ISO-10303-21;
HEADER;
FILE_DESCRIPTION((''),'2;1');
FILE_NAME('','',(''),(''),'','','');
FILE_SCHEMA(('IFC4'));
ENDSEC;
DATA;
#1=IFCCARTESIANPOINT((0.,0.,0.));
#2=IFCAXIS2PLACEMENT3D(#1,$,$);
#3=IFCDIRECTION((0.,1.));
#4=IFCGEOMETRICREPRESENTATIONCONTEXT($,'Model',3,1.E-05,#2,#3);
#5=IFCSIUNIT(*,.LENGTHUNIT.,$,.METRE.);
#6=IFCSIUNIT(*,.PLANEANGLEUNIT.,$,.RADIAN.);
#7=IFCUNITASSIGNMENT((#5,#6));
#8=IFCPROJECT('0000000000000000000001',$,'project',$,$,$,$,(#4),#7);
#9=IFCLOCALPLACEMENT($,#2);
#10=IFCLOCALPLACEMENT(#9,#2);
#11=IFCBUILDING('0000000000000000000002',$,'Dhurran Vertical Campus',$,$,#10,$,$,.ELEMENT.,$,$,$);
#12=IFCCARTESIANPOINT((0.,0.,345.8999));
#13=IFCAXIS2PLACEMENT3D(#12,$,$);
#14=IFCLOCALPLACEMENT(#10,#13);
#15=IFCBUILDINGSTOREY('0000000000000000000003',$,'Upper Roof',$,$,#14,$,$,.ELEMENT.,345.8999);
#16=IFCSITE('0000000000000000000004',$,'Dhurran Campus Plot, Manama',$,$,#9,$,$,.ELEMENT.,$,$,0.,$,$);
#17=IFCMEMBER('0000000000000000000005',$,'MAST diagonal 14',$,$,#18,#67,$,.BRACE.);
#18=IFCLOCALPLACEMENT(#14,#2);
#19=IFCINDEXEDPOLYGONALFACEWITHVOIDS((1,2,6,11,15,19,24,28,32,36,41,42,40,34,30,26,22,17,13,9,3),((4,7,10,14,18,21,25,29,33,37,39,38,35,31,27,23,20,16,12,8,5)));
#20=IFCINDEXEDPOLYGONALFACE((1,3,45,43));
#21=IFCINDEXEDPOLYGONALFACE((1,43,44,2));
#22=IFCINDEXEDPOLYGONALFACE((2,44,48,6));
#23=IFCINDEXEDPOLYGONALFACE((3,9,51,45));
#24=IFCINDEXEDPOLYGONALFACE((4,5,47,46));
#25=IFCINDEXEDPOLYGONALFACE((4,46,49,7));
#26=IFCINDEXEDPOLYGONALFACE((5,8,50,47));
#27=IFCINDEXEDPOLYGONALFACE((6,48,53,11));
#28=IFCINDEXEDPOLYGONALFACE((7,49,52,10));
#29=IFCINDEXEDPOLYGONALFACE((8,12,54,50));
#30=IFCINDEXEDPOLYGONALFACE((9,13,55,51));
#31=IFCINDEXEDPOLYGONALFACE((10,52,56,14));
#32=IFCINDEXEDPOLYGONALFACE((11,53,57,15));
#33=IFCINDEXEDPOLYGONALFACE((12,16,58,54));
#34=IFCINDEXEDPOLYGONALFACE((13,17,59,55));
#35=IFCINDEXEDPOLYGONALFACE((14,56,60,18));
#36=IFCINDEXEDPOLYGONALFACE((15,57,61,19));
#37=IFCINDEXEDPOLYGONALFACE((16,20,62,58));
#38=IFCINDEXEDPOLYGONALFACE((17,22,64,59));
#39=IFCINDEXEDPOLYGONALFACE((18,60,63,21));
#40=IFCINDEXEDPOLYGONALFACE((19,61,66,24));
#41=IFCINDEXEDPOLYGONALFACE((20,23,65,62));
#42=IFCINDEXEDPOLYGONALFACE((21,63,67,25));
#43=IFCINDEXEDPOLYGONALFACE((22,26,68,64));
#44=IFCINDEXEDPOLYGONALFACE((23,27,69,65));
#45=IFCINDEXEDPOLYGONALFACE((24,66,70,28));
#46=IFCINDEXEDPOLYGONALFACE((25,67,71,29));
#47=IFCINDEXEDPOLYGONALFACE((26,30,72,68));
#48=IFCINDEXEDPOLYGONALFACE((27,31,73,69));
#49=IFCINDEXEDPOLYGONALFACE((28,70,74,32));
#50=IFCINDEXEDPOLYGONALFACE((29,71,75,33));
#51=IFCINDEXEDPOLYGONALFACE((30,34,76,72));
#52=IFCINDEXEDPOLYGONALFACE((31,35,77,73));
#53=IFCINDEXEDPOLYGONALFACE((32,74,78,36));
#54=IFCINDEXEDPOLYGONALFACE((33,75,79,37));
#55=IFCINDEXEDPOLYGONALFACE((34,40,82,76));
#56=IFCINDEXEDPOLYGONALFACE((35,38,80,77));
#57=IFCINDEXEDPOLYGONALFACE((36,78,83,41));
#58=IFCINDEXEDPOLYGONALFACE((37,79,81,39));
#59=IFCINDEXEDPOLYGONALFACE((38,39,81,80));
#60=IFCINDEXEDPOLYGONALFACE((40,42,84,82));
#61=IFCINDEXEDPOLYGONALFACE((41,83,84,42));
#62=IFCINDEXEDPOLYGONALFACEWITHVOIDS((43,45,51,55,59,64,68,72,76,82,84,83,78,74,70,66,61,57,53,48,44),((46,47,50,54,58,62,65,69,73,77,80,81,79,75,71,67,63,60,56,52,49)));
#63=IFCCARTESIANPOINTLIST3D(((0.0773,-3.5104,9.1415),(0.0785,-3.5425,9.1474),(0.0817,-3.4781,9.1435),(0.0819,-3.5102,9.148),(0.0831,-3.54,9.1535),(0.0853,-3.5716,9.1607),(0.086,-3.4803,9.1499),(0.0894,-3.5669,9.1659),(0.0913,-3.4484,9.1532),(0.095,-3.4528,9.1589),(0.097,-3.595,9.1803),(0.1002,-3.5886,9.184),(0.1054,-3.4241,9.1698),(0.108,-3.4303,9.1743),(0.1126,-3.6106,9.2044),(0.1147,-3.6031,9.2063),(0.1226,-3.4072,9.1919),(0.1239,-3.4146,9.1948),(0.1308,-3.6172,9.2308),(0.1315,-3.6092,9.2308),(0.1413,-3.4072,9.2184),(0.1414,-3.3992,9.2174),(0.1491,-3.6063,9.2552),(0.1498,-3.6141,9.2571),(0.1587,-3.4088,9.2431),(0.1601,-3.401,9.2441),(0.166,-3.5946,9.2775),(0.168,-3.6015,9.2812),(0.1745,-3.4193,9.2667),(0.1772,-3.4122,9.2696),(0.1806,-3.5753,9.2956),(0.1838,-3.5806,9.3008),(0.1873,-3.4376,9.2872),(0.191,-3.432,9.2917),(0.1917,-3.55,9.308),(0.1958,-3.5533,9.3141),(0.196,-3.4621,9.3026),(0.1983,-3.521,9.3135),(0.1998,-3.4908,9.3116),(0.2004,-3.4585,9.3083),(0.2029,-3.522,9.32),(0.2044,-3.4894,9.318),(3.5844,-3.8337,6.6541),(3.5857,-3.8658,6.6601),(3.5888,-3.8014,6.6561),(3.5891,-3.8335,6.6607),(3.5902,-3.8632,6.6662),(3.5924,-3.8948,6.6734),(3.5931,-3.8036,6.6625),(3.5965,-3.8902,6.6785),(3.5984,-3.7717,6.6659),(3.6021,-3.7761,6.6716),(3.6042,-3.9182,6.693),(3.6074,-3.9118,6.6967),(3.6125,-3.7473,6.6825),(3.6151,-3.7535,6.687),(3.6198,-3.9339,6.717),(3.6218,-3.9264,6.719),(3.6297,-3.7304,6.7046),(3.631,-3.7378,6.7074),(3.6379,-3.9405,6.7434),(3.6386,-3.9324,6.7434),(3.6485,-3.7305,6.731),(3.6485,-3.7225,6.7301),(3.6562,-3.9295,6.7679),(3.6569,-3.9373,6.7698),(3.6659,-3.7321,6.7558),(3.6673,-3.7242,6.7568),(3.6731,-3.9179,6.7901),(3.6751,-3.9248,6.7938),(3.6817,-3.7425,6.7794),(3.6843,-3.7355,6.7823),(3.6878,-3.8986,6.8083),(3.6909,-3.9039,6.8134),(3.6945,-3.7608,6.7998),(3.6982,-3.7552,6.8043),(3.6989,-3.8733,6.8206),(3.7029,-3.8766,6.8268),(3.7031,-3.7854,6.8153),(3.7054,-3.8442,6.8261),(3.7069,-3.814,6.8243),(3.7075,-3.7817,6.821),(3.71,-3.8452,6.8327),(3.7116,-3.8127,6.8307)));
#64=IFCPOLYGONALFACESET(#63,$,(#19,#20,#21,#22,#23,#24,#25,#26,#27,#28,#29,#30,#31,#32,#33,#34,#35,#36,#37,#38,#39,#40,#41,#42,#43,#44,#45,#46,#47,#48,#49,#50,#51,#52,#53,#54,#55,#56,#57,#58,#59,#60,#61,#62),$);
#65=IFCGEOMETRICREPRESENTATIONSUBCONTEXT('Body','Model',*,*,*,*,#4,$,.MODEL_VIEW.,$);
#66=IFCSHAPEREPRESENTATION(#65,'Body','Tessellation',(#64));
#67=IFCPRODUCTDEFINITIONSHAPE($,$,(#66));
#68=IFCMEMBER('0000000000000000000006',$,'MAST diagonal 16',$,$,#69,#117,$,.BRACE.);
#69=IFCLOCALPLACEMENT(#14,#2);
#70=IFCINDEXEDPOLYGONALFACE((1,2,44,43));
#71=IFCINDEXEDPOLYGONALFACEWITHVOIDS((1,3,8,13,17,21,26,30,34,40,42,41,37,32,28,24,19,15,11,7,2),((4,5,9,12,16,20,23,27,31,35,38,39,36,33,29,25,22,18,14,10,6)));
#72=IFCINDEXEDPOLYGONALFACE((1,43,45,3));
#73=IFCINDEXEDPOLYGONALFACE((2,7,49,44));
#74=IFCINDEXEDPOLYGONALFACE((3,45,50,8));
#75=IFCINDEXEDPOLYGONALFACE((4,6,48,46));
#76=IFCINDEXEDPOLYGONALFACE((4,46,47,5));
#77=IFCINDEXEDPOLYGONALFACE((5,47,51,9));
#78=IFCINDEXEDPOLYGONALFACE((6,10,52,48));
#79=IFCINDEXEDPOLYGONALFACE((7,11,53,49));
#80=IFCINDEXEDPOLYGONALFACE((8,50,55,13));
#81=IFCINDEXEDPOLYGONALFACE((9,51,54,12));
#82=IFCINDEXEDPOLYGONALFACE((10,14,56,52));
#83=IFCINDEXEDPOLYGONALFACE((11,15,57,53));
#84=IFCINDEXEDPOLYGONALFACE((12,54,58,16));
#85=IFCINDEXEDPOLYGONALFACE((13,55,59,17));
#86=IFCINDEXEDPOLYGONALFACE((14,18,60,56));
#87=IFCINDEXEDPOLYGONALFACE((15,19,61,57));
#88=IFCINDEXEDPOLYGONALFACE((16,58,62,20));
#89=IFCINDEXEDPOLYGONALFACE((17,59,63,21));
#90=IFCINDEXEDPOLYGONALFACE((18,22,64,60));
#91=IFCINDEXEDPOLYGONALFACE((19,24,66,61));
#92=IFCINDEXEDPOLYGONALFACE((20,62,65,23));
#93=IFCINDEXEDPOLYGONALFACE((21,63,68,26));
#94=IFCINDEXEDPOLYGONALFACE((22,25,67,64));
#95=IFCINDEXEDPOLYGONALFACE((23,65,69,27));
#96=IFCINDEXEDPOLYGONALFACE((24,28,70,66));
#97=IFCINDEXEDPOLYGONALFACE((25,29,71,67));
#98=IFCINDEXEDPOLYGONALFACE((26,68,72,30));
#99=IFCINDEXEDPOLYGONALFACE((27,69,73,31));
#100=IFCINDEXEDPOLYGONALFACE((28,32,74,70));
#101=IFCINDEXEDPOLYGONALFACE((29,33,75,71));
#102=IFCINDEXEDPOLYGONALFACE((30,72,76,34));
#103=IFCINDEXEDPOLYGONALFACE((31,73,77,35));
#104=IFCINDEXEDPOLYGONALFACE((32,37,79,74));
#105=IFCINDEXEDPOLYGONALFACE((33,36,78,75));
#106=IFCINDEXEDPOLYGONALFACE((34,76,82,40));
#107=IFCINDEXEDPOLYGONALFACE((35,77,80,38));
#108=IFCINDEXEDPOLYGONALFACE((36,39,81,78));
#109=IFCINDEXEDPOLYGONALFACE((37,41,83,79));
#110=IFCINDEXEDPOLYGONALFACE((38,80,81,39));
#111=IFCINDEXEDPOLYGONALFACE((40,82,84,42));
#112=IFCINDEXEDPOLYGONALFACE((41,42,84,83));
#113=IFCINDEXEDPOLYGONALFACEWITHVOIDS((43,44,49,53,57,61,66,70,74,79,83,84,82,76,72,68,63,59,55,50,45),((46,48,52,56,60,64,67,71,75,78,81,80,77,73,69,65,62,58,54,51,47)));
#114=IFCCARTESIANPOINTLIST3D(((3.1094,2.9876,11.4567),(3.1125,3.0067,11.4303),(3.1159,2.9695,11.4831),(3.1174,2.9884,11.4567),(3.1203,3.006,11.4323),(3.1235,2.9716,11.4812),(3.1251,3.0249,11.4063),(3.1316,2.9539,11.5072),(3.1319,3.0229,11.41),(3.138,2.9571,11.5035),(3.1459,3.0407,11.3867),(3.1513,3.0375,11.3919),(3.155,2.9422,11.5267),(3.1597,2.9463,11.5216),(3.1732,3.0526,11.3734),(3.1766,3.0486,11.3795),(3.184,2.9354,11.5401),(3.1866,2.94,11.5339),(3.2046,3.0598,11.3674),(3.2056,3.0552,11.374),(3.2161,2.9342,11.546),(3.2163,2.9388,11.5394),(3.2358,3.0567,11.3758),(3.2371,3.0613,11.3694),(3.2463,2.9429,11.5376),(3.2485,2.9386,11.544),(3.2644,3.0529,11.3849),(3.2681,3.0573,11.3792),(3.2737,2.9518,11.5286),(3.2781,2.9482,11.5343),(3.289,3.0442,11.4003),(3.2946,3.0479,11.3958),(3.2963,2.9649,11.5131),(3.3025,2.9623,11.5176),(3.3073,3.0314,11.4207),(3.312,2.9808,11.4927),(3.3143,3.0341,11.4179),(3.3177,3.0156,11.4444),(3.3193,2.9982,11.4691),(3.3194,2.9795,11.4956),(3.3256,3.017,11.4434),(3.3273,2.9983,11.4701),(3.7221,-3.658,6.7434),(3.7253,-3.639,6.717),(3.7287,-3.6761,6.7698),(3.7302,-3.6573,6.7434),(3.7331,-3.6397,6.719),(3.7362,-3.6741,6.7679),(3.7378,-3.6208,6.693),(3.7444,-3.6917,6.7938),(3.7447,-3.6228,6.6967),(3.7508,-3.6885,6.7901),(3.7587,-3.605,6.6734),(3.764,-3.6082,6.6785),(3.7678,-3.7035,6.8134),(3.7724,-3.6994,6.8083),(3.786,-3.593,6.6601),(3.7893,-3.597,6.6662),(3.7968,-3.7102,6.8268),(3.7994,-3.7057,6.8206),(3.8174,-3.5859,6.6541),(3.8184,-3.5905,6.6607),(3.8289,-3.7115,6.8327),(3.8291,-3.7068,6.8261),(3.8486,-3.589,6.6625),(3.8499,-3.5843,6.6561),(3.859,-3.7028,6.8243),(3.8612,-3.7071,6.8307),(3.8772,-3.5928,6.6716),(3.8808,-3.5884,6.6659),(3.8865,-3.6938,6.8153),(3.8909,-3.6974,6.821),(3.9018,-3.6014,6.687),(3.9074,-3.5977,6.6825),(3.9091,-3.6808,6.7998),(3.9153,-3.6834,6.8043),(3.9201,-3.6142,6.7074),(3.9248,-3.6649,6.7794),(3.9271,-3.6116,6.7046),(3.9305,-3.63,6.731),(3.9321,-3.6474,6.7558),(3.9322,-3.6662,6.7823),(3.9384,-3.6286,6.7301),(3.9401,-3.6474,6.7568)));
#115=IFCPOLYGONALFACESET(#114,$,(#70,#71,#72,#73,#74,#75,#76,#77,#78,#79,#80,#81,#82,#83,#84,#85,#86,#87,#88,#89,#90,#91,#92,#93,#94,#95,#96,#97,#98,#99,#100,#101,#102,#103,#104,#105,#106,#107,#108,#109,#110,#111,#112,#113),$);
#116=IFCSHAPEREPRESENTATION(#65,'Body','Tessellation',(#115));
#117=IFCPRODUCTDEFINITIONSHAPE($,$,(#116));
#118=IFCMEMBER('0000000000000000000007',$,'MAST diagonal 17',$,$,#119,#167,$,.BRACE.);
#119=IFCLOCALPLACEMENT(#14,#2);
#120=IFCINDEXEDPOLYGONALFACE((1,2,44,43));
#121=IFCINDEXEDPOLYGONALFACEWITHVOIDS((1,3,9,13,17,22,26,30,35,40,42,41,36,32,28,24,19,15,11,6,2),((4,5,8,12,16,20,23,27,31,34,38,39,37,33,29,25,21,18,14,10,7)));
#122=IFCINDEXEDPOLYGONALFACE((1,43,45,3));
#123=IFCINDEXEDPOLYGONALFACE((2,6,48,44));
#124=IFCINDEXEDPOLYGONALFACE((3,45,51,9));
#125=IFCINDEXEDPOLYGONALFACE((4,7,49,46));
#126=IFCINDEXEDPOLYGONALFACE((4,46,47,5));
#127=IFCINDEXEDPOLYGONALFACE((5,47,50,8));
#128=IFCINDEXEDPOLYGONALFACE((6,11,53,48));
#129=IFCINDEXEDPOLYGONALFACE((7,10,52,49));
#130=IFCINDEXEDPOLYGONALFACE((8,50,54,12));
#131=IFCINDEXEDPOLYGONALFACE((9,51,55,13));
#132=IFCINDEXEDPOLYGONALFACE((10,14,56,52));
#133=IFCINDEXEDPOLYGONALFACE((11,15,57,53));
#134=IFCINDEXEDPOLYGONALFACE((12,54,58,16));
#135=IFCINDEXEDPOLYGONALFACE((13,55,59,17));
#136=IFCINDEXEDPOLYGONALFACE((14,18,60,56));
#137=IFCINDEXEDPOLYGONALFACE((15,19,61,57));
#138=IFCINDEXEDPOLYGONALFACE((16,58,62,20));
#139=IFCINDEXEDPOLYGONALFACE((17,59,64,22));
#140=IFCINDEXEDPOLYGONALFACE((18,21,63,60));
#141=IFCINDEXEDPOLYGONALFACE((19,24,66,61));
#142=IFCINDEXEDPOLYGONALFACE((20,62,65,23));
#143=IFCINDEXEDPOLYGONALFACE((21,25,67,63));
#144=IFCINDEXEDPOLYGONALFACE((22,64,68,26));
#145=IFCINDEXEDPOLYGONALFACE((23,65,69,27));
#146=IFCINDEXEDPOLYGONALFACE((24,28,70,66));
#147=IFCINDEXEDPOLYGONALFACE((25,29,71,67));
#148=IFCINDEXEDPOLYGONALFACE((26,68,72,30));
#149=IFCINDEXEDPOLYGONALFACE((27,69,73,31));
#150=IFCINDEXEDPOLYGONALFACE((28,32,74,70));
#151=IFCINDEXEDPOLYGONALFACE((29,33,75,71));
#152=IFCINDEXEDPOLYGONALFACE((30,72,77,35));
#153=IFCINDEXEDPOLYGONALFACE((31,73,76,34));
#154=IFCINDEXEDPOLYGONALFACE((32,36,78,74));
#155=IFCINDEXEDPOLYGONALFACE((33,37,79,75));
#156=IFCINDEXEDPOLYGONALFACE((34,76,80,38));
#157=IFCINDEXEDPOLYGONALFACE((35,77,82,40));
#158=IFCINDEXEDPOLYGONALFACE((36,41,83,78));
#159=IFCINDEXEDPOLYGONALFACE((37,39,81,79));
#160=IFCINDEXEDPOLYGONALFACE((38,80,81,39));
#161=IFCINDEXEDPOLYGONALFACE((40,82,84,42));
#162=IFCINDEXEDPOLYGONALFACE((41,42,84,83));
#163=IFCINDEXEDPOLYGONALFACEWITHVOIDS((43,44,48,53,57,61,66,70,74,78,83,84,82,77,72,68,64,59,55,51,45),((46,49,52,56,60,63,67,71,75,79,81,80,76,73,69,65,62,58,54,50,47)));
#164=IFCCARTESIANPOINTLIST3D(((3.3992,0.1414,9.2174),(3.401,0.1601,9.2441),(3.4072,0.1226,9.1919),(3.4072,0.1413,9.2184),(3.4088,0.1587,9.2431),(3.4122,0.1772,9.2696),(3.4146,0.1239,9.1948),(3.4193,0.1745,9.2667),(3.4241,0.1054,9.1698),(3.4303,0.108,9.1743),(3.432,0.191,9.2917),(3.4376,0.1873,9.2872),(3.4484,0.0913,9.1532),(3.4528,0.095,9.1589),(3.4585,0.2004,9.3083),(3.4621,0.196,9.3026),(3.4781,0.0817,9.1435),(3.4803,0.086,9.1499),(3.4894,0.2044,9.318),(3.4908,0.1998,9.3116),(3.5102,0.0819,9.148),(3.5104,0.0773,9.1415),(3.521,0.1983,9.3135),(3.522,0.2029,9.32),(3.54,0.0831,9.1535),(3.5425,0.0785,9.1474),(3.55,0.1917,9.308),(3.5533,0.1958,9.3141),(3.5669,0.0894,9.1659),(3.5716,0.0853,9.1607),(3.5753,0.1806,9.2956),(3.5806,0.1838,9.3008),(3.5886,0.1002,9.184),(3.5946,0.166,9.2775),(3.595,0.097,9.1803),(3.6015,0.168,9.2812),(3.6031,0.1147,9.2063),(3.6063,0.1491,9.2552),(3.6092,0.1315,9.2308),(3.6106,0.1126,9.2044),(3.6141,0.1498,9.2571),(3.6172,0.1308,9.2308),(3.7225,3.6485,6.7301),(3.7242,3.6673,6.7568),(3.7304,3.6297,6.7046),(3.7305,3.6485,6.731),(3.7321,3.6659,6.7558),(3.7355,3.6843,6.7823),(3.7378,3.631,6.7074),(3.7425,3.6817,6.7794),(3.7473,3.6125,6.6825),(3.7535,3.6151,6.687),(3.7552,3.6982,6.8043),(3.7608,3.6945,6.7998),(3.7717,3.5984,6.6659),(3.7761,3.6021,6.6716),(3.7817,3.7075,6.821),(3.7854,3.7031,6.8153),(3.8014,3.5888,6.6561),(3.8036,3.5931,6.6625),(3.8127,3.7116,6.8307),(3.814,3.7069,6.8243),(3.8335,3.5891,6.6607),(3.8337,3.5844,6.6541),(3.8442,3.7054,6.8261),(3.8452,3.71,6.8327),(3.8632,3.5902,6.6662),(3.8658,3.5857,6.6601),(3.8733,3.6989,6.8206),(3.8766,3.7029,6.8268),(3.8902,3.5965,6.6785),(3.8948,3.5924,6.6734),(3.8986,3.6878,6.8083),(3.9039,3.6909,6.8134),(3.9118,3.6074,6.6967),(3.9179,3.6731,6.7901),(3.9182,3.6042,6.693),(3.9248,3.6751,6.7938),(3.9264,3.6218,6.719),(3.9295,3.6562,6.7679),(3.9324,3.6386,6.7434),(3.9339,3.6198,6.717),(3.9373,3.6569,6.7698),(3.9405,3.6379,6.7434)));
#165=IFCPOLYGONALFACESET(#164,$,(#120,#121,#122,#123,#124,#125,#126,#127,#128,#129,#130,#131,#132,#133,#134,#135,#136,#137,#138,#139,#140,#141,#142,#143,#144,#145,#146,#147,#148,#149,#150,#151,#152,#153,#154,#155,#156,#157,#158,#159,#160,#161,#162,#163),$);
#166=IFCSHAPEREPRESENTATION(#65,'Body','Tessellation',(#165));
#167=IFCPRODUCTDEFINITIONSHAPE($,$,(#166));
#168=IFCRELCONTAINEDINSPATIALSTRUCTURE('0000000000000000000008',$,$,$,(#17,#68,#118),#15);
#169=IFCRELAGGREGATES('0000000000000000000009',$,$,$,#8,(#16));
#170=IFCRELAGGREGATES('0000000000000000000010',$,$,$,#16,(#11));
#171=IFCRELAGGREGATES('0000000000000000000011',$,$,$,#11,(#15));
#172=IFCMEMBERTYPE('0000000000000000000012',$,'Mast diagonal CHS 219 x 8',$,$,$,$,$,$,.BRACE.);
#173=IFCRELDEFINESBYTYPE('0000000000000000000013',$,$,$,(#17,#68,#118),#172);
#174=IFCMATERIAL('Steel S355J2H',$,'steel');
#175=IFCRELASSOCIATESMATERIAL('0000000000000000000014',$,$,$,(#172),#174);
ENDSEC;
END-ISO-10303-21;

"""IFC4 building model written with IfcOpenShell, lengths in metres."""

from ifc_helpers import new_model, si_unit, direction, frame, origin, origin_2d, place, context, subcontext, project, spatial, hollow_circle, extrude, material, material_profile, profile_set, type_object, element, save


model = new_model("IFC4")

# Units and contexts
model_context = context("Model", 3, precision=1e-05, world=origin(), true_north=direction((0.0, 1.0)))
body_context = subcontext(model_context, "Body", "Model", "MODEL_VIEW")
ifc_project = project(units=[si_unit("LENGTHUNIT", "METRE"), si_unit("PLANEANGLEUNIT", "RADIAN")], contexts=[model_context])

# Site, building, storey
site_placement = place(None, origin())
site = spatial("IfcSite", under=ifc_project, at=site_placement, Name="Dhurran Campus Plot, Manama", CompositionType="ELEMENT", RefElevation=0.0)
building_placement = place(site_placement, origin())
building = spatial("IfcBuilding", under=site, at=building_placement, Name="Dhurran Vertical Campus", CompositionType="ELEMENT")
storey_placement = place(building_placement, frame((0.0, 0.0, 345.8999)))
storey = spatial("IfcBuildingStorey", under=building, at=storey_placement, Name="Upper Roof", CompositionType="ELEMENT", Elevation=345.8999)

# Members
ifc_material_1 = material(Name="Steel S355J2H", Category="steel")
ifc_material_profile_1 = material_profile(ifc_material_1, hollow_circle(Radius=0.1096, WallThickness=0.0081, at=origin_2d()), Name="CHS219x8")
ifc_profile_set_1 = profile_set([ifc_material_profile_1], Name="Steel S355J2H")
member_type_1 = type_object("IfcMemberType", Name="Mast diagonal CHS 219 x 8", PredefinedType="BRACE", material=ifc_profile_set_1)
member_1_placement = place(storey_placement, frame((3.6479, -3.8313, 6.7434), z_axis=(-0.813386, 0.074969, 0.576873), x_axis=(-0.091779, -0.995779, 0.0)))
element("IfcMember", 1, at=member_1_placement, inside=storey, type_object=member_type_1, Name="MAST diagonal 14", PredefinedType="BRACE", context=body_context, shape_type="SweptSolid", body=[
    extrude(hollow_circle(Radius=0.1096, WallThickness=0.0081, at=origin_2d()), origin(), (0.0, 0.0, 1.0), 4.3118),
])
member_2_placement = place(storey_placement, frame((3.8313, -3.6479, 6.7434), z_axis=(-0.075, 0.813381, 0.576876), x_axis=(-0.995776, -0.091819, 0.0)))
element("IfcMember", 2, at=member_2_placement, inside=storey, type_object=member_type_1, Name="MAST diagonal 16", PredefinedType="BRACE", context=body_context, shape_type="SweptSolid", body=[
    extrude(hollow_circle(Radius=0.1096, WallThickness=0.0081, at=origin_2d()), origin(), (0.0, 0.0, 1.0), 8.1704),
])
member_3_placement = place(storey_placement, frame((3.8313, 3.6479, 6.7434), z_axis=(-0.074969, -0.813386, 0.576873), x_axis=(0.995779, -0.091779, 0.0)))
element("IfcMember", 3, at=member_3_placement, inside=storey, type_object=member_type_1, Name="MAST diagonal 17", PredefinedType="BRACE", context=body_context, shape_type="SweptSolid", body=[
    extrude(hollow_circle(Radius=0.1096, WallThickness=0.0081, at=origin_2d()), origin(), (0.0, 0.0, 1.0), 4.3118),
])

save(model, "model.ifc")
